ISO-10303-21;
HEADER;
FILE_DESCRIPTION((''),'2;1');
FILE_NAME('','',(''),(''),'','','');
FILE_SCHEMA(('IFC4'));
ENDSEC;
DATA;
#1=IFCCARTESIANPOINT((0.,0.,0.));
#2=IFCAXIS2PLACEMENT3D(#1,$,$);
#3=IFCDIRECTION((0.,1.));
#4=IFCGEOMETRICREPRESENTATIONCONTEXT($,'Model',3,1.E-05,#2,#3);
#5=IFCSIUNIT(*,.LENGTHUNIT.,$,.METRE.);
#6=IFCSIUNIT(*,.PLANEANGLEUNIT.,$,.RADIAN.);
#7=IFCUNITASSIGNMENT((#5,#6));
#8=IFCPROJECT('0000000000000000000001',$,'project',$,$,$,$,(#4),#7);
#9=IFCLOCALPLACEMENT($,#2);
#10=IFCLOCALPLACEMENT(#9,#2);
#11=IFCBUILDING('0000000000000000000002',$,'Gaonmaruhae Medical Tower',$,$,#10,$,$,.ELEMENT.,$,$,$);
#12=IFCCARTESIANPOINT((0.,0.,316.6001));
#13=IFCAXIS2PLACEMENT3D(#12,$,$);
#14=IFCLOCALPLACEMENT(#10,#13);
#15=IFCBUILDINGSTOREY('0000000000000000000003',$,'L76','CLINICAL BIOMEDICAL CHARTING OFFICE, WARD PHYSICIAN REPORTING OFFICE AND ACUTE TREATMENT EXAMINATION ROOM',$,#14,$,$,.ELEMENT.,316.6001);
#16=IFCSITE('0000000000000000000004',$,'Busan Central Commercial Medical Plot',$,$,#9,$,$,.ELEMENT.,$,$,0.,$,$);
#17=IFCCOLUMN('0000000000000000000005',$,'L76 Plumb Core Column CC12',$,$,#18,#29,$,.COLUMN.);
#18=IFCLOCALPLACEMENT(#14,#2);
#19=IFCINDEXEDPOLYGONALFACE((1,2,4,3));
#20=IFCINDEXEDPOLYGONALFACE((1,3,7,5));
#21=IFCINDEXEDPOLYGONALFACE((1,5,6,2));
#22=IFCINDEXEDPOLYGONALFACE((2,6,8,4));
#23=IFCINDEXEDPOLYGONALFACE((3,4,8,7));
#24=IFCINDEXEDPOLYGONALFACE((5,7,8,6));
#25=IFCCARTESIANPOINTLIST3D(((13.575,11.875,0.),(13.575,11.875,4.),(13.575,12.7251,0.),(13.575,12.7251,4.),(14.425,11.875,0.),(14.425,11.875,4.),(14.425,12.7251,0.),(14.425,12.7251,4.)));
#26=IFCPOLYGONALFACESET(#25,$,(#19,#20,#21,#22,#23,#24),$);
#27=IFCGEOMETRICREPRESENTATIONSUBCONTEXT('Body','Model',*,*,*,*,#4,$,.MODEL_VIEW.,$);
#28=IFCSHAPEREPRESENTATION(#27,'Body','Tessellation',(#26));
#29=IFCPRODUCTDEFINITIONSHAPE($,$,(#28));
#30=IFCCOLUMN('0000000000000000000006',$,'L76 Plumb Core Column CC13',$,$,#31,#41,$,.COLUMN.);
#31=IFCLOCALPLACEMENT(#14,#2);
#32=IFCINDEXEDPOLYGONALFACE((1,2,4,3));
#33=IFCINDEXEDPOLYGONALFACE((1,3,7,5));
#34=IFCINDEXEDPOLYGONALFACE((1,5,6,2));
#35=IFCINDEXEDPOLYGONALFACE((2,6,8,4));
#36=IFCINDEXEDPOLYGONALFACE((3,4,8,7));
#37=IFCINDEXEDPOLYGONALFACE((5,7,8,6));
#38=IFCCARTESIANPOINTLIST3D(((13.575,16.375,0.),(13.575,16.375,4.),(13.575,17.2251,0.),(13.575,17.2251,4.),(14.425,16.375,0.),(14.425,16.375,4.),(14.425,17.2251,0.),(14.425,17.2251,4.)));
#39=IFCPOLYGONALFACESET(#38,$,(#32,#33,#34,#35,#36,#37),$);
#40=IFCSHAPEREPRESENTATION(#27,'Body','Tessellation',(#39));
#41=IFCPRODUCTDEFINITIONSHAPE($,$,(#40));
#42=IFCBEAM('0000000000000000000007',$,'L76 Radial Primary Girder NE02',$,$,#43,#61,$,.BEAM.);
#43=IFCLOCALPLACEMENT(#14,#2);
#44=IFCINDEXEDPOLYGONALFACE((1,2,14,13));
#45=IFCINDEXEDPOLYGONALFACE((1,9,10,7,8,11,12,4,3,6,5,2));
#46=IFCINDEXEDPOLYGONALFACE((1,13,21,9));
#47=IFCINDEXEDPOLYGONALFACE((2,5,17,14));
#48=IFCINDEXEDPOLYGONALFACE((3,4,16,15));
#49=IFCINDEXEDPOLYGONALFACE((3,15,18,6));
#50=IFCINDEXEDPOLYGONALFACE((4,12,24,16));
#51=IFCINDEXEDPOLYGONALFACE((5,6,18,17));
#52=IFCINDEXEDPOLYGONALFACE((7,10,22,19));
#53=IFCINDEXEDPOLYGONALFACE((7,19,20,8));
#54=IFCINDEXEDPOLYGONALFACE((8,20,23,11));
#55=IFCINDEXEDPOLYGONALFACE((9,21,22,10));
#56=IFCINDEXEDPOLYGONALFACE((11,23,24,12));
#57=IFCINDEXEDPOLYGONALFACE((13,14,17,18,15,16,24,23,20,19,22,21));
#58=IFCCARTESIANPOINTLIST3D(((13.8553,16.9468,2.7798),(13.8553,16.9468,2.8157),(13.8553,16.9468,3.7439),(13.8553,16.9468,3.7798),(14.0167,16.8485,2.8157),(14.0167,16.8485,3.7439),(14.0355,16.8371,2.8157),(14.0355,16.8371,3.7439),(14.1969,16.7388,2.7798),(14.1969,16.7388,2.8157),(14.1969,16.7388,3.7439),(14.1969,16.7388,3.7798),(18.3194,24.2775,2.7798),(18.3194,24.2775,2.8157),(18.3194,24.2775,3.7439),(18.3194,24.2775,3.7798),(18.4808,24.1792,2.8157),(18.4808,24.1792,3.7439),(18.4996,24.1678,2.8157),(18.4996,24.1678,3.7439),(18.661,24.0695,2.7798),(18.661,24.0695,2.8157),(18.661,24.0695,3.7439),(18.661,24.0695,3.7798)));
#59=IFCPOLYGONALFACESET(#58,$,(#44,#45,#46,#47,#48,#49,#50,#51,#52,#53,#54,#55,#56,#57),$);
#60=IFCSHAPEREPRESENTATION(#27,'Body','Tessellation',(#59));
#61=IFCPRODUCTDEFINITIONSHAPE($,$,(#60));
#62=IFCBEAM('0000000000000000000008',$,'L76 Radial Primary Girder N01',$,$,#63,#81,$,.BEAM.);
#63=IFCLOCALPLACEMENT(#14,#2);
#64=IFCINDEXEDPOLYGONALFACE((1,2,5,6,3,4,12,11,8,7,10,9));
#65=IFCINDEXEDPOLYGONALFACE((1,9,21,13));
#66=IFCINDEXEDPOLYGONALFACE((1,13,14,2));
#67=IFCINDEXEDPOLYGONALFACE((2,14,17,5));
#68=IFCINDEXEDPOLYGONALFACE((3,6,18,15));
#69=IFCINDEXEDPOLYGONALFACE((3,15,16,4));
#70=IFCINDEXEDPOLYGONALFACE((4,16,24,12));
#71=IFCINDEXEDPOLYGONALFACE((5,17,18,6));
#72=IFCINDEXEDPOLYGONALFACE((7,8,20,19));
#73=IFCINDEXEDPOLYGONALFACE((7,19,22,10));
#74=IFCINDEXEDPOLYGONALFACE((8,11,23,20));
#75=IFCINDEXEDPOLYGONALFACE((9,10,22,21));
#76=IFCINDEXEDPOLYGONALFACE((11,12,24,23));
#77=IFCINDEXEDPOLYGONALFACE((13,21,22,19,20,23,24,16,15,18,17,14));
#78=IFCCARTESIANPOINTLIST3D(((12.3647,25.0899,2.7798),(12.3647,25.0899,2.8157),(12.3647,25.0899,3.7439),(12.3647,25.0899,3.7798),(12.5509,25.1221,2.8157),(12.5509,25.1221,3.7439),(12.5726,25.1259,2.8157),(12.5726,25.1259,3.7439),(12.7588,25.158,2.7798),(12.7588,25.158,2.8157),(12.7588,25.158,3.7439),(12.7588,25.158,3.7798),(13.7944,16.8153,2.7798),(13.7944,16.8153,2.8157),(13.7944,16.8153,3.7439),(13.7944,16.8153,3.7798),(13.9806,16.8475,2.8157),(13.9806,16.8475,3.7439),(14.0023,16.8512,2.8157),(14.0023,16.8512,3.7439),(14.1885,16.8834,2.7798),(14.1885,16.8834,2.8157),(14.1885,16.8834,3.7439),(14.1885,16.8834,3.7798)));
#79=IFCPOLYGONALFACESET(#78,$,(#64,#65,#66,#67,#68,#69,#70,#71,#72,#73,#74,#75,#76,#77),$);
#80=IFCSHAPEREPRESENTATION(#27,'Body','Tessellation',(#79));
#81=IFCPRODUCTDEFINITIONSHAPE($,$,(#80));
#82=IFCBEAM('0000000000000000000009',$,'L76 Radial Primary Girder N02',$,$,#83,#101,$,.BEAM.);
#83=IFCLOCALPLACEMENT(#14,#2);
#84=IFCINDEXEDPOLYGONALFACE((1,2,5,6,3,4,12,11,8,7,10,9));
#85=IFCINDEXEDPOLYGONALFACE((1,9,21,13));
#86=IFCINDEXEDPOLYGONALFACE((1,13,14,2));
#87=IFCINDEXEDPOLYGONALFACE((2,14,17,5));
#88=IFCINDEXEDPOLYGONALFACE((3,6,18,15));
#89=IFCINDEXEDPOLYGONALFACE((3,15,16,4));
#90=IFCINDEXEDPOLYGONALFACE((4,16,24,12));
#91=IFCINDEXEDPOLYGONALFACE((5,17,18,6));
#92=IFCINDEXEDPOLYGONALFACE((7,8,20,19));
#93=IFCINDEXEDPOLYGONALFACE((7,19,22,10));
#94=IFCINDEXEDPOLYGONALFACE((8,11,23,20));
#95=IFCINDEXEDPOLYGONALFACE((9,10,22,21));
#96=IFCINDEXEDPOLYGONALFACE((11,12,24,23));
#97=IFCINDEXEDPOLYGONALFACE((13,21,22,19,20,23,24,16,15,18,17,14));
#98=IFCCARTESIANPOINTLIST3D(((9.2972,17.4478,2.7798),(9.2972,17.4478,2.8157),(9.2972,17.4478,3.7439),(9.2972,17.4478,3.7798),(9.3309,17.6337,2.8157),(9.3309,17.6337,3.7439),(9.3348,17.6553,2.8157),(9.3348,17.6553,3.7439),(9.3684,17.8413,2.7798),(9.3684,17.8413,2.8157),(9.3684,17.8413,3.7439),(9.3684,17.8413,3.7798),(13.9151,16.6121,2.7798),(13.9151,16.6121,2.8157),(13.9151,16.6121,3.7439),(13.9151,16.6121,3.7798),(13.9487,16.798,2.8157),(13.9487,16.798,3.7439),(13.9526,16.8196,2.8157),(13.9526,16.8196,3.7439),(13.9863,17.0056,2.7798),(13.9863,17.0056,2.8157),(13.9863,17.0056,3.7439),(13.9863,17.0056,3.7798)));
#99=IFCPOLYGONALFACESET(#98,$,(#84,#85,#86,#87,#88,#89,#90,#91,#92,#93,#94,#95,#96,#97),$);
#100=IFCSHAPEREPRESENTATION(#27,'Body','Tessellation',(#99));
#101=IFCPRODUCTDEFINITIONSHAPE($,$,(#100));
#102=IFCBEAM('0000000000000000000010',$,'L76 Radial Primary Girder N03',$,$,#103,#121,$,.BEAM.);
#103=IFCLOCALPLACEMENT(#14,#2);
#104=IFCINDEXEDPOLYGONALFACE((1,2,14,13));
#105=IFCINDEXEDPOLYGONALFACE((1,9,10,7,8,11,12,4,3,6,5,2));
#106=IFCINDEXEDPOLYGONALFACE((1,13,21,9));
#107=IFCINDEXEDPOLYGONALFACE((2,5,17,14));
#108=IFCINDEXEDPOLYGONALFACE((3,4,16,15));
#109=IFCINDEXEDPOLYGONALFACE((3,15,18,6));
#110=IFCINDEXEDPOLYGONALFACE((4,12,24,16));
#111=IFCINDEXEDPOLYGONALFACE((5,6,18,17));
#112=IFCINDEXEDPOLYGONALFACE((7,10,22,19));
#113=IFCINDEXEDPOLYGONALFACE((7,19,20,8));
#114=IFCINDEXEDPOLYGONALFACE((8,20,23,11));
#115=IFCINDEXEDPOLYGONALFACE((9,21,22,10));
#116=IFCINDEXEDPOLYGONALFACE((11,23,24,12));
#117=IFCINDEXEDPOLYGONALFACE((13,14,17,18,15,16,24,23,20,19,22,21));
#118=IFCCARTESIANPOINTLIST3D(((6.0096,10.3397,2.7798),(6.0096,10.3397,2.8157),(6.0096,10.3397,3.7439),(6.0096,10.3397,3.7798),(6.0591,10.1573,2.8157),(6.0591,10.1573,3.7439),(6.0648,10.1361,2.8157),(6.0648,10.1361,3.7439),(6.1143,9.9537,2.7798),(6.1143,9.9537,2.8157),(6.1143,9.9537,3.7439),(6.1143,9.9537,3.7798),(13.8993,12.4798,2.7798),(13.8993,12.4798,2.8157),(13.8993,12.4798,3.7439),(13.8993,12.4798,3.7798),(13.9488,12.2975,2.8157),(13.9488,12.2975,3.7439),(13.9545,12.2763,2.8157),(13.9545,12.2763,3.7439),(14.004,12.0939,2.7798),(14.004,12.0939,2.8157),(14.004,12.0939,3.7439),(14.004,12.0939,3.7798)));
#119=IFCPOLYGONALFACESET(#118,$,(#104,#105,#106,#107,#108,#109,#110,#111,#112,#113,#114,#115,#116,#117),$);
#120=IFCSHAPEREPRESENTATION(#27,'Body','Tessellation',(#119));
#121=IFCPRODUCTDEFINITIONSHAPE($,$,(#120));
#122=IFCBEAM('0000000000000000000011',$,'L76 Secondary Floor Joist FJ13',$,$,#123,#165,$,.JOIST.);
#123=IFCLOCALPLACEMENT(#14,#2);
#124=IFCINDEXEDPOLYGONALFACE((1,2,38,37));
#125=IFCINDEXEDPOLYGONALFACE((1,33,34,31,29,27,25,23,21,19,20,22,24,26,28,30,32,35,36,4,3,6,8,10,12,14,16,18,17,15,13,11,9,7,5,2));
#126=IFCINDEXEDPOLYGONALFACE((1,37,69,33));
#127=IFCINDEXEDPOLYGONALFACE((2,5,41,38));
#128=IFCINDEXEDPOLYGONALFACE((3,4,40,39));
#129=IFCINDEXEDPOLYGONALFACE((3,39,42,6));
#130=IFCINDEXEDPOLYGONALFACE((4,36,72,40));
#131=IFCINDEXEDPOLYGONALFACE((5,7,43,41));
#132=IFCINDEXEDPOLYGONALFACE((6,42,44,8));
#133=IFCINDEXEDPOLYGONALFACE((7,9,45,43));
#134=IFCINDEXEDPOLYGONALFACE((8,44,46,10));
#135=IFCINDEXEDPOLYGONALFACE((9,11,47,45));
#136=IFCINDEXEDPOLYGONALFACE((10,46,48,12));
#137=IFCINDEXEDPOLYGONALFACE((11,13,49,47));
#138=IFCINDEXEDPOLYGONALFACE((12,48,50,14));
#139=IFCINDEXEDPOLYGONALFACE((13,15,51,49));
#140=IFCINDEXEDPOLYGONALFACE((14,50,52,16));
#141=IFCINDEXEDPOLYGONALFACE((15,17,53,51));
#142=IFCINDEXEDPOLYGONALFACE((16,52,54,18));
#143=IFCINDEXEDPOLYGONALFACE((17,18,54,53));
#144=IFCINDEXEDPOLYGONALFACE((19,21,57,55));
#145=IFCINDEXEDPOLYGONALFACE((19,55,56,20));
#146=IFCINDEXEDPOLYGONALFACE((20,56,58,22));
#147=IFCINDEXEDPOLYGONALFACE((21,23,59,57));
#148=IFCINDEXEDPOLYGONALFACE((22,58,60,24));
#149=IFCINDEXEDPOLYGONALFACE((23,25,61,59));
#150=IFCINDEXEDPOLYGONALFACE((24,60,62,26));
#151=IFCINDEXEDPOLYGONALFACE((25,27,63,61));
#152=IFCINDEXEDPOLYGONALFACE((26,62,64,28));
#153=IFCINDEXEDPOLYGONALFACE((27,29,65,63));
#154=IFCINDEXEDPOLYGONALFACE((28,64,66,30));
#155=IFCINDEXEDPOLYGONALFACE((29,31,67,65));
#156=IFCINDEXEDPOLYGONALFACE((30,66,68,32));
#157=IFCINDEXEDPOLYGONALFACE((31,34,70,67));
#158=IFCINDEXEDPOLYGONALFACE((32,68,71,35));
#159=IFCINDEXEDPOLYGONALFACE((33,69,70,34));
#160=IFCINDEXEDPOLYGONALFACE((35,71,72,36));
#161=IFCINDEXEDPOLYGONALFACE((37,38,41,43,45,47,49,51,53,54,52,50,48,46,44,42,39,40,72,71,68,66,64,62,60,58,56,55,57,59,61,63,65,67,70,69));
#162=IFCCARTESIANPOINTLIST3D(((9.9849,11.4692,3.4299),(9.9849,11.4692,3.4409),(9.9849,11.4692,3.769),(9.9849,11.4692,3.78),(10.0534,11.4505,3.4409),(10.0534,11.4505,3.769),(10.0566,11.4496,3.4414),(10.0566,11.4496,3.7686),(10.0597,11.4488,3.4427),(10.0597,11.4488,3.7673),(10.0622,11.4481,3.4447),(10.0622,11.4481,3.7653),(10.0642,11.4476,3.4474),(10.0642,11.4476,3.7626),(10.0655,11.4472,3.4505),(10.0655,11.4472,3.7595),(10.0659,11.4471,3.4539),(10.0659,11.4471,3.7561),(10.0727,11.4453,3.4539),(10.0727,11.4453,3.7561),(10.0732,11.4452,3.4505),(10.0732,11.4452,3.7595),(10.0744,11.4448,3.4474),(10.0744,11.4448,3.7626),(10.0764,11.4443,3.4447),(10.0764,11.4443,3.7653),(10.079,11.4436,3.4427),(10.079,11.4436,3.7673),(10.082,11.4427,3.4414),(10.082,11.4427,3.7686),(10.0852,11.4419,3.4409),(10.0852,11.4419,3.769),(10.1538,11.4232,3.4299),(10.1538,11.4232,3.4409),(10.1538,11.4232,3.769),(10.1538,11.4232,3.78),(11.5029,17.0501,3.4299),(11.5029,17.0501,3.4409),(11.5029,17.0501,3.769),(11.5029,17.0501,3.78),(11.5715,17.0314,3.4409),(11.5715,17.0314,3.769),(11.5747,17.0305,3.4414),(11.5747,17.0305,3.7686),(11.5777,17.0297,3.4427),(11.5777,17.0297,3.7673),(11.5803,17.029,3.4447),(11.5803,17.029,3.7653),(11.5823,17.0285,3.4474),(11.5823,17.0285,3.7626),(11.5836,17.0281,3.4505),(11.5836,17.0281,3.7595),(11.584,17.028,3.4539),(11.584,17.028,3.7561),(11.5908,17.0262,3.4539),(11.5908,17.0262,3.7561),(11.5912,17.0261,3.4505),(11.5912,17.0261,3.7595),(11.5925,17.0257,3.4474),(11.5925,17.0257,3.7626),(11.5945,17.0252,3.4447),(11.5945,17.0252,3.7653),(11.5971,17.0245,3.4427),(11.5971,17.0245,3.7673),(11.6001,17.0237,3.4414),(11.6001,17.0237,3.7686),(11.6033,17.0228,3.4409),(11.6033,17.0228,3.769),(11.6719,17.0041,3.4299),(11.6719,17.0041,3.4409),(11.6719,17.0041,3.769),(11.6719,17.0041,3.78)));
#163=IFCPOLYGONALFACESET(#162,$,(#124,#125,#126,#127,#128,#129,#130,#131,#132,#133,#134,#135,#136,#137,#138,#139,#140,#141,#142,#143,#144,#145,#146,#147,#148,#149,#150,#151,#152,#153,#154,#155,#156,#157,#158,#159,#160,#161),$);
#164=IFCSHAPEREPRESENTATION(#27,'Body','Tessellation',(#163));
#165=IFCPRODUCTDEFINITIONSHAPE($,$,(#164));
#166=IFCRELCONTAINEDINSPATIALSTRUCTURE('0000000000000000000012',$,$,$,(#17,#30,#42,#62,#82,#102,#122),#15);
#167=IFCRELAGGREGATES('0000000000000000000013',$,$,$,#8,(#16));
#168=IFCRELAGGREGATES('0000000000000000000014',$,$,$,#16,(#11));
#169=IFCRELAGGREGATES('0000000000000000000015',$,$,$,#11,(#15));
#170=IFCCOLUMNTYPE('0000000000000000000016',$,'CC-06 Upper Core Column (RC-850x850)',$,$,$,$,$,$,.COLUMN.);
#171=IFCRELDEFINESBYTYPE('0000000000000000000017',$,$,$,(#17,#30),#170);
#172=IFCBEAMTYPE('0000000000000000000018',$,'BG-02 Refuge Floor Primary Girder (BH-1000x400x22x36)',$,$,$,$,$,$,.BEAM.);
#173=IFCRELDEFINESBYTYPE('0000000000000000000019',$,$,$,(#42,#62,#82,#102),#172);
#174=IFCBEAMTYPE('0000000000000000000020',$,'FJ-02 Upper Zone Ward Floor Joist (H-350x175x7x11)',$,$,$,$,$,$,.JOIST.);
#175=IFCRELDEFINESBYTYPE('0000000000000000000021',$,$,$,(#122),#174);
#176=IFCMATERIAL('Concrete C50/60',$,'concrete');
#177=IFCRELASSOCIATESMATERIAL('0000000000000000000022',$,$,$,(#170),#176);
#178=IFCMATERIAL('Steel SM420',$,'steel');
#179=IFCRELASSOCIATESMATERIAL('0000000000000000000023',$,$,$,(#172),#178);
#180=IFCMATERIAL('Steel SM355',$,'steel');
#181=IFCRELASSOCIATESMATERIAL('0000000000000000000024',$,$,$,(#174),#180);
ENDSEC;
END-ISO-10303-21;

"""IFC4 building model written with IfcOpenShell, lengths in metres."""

from ifc_helpers import new_model, si_unit, direction, frame, origin, origin_2d, place, context, subcontext, project, spatial, rectangle, i_section, extrude, material, material_profile, profile_set, type_object, element, save


model = new_model("IFC4")

# Units and contexts
model_context = context("Model", 3, precision=1e-05, world=origin(), true_north=direction((0.0, 1.0)))
body_context = subcontext(model_context, "Body", "Model", "MODEL_VIEW")
ifc_project = project(units=[si_unit("LENGTHUNIT", "METRE"), si_unit("PLANEANGLEUNIT", "RADIAN")], contexts=[model_context])

# Site, building, storey
site_placement = place(None, origin())
site = spatial("IfcSite", under=ifc_project, at=site_placement, Name="Busan Central Commercial Medical Plot", CompositionType="ELEMENT", RefElevation=0.0)
building_placement = place(site_placement, origin())
building = spatial("IfcBuilding", under=site, at=building_placement, Name="Gaonmaruhae Medical Tower", CompositionType="ELEMENT")
storey_placement = place(building_placement, frame((0.0, 0.0, 316.6001)))
storey = spatial("IfcBuildingStorey", under=building, at=storey_placement, Name="L76", Description="CLINICAL BIOMEDICAL CHARTING OFFICE, WARD PHYSICIAN REPORTING OFFICE AND ACUTE TREATMENT EXAMINATION ROOM", CompositionType="ELEMENT", Elevation=316.6001)

# Columns
ifc_material_1 = material(Name="Concrete C50/60", Category="concrete")
ifc_material_profile_1 = material_profile(ifc_material_1, rectangle(XDim=0.8501, YDim=0.8501, at=origin_2d()), Name="RC-850x850")
ifc_profile_set_1 = profile_set([ifc_material_profile_1], Name="Concrete C50/60")
column_type = type_object("IfcColumnType", Name="CC-06 Upper Core Column (RC-850x850)", PredefinedType="COLUMN", material=ifc_profile_set_1)
for number, where, z_axis, x_axis, name in (
    (1, (14.0, 12.3, 0.0), (0.0, 0.0, 1.0), (1.0, 0.0, 0.0), "L76 Plumb Core Column CC12"),
    (2, (14.0, 16.8, 0.0), (0.0, 0.0, 1.0), (1.0, 0.0, 0.0), "L76 Plumb Core Column CC13"),
):
    element("IfcColumn", number, at=place(storey_placement, frame(where, z_axis=z_axis, x_axis=x_axis)), inside=storey, type_object=column_type, Name=name, PredefinedType="COLUMN", context=body_context, shape_type="SweptSolid", body=[
        extrude(rectangle(XDim=0.8501, YDim=0.8501, at=origin_2d()), origin(), (0.0, 0.0, 1.0), 4.0),
    ])

# Beams
ifc_material_2 = material(Name="Steel SM420", Category="steel")
ifc_material_profile_2 = material_profile(ifc_material_2, i_section(OverallWidth=0.3999, OverallDepth=1.0, WebThickness=0.022, FlangeThickness=0.0359, at=origin_2d()), Name="BH-1000x400x22x36")
ifc_profile_set_2 = profile_set([ifc_material_profile_2], Name="Steel SM420")
beam_type_1 = type_object("IfcBeamType", Name="BG-02 Refuge Floor Primary Girder (BH-1000x400x22x36)", PredefinedType="BEAM", material=ifc_profile_set_2)
beam_1_placement = place(storey_placement, frame((14.0261, 16.8428, 3.2798), z_axis=(0.520107, 0.854101, 0.0), x_axis=(-0.854101, 0.520107, 0.0)))
element("IfcBeam", 3, at=beam_1_placement, inside=storey, type_object=beam_type_1, Name="L76 Radial Primary Girder NE02", PredefinedType="BEAM", context=body_context, shape_type="SweptSolid", body=[
    extrude(i_section(OverallWidth=0.3999, OverallDepth=1.0, WebThickness=0.022, FlangeThickness=0.0359, at=origin_2d()), origin(), (0.0, 0.0, 1.0), 8.583),
])
beam_2_placement = place(storey_placement, frame((13.9915, 16.8494, 3.2798), z_axis=(-0.170256, 0.9854, 0.0), x_axis=(-0.9854, -0.170256, 0.0)))
element("IfcBeam", 4, at=beam_2_placement, inside=storey, type_object=beam_type_1, Name="L76 Radial Primary Girder N01", PredefinedType="BEAM", context=body_context, shape_type="SweptSolid", body=[
    extrude(i_section(OverallWidth=0.3999, OverallDepth=1.0, WebThickness=0.022, FlangeThickness=0.0359, at=origin_2d()), origin(), (0.0, 0.0, 1.0), 8.3972),
])
beam_3_placement = place(storey_placement, frame((13.9507, 16.8088, 3.2798), z_axis=(-0.984017, 0.178075, 0.0), x_axis=(-0.178075, -0.984017, 0.0)))
element("IfcBeam", 5, at=beam_3_placement, inside=storey, type_object=beam_type_1, Name="L76 Radial Primary Girder N02", PredefinedType="BEAM", context=body_context, shape_type="SweptSolid", body=[
    extrude(i_section(OverallWidth=0.3999, OverallDepth=1.0, WebThickness=0.022, FlangeThickness=0.0359, at=origin_2d()), origin(), (0.0, 0.0, 1.0), 4.6929),
])
beam_4_placement = place(storey_placement, frame((13.9517, 12.2869, 3.2798), z_axis=(-0.965123, -0.261798, 0.0), x_axis=(0.261798, -0.965123, 0.0)))
element("IfcBeam", 6, at=beam_4_placement, inside=storey, type_object=beam_type_1, Name="L76 Radial Primary Girder N03", PredefinedType="BEAM", context=body_context, shape_type="SweptSolid", body=[
    extrude(i_section(OverallWidth=0.3999, OverallDepth=1.0, WebThickness=0.022, FlangeThickness=0.0359, at=origin_2d()), origin(), (0.0, 0.0, 1.0), 8.1748),
])
ifc_material_3 = material(Name="Steel SM355", Category="steel")
ifc_material_profile_3 = material_profile(ifc_material_3, i_section(OverallWidth=0.175, OverallDepth=0.3501, WebThickness=0.0071, FlangeThickness=0.011, FilletRadius=0.0129, at=origin_2d()), Name="H-350x175x7x11")
ifc_profile_set_3 = profile_set([ifc_material_profile_3], Name="Steel SM355")
beam_type_2 = type_object("IfcBeamType", Name="FJ-02 Upper Zone Ward Floor Joist (H-350x175x7x11)", PredefinedType="JOIST", material=ifc_profile_set_3)
beam_5_placement = place(storey_placement, frame((11.5874, 17.0271, 3.605), z_axis=(-0.262478, -0.964938, 0.0), x_axis=(0.964938, -0.262478, 0.0)))
element("IfcBeam", 7, at=beam_5_placement, inside=storey, type_object=beam_type_2, Name="L76 Secondary Floor Joist FJ13", PredefinedType="JOIST", context=body_context, shape_type="SweptSolid", body=[
    extrude(i_section(OverallWidth=0.175, OverallDepth=0.3501, WebThickness=0.0071, FlangeThickness=0.011, FilletRadius=0.0129, at=origin_2d()), origin(), (0.0, 0.0, 1.0), 5.7837),
])

save(model, "model.ifc")
